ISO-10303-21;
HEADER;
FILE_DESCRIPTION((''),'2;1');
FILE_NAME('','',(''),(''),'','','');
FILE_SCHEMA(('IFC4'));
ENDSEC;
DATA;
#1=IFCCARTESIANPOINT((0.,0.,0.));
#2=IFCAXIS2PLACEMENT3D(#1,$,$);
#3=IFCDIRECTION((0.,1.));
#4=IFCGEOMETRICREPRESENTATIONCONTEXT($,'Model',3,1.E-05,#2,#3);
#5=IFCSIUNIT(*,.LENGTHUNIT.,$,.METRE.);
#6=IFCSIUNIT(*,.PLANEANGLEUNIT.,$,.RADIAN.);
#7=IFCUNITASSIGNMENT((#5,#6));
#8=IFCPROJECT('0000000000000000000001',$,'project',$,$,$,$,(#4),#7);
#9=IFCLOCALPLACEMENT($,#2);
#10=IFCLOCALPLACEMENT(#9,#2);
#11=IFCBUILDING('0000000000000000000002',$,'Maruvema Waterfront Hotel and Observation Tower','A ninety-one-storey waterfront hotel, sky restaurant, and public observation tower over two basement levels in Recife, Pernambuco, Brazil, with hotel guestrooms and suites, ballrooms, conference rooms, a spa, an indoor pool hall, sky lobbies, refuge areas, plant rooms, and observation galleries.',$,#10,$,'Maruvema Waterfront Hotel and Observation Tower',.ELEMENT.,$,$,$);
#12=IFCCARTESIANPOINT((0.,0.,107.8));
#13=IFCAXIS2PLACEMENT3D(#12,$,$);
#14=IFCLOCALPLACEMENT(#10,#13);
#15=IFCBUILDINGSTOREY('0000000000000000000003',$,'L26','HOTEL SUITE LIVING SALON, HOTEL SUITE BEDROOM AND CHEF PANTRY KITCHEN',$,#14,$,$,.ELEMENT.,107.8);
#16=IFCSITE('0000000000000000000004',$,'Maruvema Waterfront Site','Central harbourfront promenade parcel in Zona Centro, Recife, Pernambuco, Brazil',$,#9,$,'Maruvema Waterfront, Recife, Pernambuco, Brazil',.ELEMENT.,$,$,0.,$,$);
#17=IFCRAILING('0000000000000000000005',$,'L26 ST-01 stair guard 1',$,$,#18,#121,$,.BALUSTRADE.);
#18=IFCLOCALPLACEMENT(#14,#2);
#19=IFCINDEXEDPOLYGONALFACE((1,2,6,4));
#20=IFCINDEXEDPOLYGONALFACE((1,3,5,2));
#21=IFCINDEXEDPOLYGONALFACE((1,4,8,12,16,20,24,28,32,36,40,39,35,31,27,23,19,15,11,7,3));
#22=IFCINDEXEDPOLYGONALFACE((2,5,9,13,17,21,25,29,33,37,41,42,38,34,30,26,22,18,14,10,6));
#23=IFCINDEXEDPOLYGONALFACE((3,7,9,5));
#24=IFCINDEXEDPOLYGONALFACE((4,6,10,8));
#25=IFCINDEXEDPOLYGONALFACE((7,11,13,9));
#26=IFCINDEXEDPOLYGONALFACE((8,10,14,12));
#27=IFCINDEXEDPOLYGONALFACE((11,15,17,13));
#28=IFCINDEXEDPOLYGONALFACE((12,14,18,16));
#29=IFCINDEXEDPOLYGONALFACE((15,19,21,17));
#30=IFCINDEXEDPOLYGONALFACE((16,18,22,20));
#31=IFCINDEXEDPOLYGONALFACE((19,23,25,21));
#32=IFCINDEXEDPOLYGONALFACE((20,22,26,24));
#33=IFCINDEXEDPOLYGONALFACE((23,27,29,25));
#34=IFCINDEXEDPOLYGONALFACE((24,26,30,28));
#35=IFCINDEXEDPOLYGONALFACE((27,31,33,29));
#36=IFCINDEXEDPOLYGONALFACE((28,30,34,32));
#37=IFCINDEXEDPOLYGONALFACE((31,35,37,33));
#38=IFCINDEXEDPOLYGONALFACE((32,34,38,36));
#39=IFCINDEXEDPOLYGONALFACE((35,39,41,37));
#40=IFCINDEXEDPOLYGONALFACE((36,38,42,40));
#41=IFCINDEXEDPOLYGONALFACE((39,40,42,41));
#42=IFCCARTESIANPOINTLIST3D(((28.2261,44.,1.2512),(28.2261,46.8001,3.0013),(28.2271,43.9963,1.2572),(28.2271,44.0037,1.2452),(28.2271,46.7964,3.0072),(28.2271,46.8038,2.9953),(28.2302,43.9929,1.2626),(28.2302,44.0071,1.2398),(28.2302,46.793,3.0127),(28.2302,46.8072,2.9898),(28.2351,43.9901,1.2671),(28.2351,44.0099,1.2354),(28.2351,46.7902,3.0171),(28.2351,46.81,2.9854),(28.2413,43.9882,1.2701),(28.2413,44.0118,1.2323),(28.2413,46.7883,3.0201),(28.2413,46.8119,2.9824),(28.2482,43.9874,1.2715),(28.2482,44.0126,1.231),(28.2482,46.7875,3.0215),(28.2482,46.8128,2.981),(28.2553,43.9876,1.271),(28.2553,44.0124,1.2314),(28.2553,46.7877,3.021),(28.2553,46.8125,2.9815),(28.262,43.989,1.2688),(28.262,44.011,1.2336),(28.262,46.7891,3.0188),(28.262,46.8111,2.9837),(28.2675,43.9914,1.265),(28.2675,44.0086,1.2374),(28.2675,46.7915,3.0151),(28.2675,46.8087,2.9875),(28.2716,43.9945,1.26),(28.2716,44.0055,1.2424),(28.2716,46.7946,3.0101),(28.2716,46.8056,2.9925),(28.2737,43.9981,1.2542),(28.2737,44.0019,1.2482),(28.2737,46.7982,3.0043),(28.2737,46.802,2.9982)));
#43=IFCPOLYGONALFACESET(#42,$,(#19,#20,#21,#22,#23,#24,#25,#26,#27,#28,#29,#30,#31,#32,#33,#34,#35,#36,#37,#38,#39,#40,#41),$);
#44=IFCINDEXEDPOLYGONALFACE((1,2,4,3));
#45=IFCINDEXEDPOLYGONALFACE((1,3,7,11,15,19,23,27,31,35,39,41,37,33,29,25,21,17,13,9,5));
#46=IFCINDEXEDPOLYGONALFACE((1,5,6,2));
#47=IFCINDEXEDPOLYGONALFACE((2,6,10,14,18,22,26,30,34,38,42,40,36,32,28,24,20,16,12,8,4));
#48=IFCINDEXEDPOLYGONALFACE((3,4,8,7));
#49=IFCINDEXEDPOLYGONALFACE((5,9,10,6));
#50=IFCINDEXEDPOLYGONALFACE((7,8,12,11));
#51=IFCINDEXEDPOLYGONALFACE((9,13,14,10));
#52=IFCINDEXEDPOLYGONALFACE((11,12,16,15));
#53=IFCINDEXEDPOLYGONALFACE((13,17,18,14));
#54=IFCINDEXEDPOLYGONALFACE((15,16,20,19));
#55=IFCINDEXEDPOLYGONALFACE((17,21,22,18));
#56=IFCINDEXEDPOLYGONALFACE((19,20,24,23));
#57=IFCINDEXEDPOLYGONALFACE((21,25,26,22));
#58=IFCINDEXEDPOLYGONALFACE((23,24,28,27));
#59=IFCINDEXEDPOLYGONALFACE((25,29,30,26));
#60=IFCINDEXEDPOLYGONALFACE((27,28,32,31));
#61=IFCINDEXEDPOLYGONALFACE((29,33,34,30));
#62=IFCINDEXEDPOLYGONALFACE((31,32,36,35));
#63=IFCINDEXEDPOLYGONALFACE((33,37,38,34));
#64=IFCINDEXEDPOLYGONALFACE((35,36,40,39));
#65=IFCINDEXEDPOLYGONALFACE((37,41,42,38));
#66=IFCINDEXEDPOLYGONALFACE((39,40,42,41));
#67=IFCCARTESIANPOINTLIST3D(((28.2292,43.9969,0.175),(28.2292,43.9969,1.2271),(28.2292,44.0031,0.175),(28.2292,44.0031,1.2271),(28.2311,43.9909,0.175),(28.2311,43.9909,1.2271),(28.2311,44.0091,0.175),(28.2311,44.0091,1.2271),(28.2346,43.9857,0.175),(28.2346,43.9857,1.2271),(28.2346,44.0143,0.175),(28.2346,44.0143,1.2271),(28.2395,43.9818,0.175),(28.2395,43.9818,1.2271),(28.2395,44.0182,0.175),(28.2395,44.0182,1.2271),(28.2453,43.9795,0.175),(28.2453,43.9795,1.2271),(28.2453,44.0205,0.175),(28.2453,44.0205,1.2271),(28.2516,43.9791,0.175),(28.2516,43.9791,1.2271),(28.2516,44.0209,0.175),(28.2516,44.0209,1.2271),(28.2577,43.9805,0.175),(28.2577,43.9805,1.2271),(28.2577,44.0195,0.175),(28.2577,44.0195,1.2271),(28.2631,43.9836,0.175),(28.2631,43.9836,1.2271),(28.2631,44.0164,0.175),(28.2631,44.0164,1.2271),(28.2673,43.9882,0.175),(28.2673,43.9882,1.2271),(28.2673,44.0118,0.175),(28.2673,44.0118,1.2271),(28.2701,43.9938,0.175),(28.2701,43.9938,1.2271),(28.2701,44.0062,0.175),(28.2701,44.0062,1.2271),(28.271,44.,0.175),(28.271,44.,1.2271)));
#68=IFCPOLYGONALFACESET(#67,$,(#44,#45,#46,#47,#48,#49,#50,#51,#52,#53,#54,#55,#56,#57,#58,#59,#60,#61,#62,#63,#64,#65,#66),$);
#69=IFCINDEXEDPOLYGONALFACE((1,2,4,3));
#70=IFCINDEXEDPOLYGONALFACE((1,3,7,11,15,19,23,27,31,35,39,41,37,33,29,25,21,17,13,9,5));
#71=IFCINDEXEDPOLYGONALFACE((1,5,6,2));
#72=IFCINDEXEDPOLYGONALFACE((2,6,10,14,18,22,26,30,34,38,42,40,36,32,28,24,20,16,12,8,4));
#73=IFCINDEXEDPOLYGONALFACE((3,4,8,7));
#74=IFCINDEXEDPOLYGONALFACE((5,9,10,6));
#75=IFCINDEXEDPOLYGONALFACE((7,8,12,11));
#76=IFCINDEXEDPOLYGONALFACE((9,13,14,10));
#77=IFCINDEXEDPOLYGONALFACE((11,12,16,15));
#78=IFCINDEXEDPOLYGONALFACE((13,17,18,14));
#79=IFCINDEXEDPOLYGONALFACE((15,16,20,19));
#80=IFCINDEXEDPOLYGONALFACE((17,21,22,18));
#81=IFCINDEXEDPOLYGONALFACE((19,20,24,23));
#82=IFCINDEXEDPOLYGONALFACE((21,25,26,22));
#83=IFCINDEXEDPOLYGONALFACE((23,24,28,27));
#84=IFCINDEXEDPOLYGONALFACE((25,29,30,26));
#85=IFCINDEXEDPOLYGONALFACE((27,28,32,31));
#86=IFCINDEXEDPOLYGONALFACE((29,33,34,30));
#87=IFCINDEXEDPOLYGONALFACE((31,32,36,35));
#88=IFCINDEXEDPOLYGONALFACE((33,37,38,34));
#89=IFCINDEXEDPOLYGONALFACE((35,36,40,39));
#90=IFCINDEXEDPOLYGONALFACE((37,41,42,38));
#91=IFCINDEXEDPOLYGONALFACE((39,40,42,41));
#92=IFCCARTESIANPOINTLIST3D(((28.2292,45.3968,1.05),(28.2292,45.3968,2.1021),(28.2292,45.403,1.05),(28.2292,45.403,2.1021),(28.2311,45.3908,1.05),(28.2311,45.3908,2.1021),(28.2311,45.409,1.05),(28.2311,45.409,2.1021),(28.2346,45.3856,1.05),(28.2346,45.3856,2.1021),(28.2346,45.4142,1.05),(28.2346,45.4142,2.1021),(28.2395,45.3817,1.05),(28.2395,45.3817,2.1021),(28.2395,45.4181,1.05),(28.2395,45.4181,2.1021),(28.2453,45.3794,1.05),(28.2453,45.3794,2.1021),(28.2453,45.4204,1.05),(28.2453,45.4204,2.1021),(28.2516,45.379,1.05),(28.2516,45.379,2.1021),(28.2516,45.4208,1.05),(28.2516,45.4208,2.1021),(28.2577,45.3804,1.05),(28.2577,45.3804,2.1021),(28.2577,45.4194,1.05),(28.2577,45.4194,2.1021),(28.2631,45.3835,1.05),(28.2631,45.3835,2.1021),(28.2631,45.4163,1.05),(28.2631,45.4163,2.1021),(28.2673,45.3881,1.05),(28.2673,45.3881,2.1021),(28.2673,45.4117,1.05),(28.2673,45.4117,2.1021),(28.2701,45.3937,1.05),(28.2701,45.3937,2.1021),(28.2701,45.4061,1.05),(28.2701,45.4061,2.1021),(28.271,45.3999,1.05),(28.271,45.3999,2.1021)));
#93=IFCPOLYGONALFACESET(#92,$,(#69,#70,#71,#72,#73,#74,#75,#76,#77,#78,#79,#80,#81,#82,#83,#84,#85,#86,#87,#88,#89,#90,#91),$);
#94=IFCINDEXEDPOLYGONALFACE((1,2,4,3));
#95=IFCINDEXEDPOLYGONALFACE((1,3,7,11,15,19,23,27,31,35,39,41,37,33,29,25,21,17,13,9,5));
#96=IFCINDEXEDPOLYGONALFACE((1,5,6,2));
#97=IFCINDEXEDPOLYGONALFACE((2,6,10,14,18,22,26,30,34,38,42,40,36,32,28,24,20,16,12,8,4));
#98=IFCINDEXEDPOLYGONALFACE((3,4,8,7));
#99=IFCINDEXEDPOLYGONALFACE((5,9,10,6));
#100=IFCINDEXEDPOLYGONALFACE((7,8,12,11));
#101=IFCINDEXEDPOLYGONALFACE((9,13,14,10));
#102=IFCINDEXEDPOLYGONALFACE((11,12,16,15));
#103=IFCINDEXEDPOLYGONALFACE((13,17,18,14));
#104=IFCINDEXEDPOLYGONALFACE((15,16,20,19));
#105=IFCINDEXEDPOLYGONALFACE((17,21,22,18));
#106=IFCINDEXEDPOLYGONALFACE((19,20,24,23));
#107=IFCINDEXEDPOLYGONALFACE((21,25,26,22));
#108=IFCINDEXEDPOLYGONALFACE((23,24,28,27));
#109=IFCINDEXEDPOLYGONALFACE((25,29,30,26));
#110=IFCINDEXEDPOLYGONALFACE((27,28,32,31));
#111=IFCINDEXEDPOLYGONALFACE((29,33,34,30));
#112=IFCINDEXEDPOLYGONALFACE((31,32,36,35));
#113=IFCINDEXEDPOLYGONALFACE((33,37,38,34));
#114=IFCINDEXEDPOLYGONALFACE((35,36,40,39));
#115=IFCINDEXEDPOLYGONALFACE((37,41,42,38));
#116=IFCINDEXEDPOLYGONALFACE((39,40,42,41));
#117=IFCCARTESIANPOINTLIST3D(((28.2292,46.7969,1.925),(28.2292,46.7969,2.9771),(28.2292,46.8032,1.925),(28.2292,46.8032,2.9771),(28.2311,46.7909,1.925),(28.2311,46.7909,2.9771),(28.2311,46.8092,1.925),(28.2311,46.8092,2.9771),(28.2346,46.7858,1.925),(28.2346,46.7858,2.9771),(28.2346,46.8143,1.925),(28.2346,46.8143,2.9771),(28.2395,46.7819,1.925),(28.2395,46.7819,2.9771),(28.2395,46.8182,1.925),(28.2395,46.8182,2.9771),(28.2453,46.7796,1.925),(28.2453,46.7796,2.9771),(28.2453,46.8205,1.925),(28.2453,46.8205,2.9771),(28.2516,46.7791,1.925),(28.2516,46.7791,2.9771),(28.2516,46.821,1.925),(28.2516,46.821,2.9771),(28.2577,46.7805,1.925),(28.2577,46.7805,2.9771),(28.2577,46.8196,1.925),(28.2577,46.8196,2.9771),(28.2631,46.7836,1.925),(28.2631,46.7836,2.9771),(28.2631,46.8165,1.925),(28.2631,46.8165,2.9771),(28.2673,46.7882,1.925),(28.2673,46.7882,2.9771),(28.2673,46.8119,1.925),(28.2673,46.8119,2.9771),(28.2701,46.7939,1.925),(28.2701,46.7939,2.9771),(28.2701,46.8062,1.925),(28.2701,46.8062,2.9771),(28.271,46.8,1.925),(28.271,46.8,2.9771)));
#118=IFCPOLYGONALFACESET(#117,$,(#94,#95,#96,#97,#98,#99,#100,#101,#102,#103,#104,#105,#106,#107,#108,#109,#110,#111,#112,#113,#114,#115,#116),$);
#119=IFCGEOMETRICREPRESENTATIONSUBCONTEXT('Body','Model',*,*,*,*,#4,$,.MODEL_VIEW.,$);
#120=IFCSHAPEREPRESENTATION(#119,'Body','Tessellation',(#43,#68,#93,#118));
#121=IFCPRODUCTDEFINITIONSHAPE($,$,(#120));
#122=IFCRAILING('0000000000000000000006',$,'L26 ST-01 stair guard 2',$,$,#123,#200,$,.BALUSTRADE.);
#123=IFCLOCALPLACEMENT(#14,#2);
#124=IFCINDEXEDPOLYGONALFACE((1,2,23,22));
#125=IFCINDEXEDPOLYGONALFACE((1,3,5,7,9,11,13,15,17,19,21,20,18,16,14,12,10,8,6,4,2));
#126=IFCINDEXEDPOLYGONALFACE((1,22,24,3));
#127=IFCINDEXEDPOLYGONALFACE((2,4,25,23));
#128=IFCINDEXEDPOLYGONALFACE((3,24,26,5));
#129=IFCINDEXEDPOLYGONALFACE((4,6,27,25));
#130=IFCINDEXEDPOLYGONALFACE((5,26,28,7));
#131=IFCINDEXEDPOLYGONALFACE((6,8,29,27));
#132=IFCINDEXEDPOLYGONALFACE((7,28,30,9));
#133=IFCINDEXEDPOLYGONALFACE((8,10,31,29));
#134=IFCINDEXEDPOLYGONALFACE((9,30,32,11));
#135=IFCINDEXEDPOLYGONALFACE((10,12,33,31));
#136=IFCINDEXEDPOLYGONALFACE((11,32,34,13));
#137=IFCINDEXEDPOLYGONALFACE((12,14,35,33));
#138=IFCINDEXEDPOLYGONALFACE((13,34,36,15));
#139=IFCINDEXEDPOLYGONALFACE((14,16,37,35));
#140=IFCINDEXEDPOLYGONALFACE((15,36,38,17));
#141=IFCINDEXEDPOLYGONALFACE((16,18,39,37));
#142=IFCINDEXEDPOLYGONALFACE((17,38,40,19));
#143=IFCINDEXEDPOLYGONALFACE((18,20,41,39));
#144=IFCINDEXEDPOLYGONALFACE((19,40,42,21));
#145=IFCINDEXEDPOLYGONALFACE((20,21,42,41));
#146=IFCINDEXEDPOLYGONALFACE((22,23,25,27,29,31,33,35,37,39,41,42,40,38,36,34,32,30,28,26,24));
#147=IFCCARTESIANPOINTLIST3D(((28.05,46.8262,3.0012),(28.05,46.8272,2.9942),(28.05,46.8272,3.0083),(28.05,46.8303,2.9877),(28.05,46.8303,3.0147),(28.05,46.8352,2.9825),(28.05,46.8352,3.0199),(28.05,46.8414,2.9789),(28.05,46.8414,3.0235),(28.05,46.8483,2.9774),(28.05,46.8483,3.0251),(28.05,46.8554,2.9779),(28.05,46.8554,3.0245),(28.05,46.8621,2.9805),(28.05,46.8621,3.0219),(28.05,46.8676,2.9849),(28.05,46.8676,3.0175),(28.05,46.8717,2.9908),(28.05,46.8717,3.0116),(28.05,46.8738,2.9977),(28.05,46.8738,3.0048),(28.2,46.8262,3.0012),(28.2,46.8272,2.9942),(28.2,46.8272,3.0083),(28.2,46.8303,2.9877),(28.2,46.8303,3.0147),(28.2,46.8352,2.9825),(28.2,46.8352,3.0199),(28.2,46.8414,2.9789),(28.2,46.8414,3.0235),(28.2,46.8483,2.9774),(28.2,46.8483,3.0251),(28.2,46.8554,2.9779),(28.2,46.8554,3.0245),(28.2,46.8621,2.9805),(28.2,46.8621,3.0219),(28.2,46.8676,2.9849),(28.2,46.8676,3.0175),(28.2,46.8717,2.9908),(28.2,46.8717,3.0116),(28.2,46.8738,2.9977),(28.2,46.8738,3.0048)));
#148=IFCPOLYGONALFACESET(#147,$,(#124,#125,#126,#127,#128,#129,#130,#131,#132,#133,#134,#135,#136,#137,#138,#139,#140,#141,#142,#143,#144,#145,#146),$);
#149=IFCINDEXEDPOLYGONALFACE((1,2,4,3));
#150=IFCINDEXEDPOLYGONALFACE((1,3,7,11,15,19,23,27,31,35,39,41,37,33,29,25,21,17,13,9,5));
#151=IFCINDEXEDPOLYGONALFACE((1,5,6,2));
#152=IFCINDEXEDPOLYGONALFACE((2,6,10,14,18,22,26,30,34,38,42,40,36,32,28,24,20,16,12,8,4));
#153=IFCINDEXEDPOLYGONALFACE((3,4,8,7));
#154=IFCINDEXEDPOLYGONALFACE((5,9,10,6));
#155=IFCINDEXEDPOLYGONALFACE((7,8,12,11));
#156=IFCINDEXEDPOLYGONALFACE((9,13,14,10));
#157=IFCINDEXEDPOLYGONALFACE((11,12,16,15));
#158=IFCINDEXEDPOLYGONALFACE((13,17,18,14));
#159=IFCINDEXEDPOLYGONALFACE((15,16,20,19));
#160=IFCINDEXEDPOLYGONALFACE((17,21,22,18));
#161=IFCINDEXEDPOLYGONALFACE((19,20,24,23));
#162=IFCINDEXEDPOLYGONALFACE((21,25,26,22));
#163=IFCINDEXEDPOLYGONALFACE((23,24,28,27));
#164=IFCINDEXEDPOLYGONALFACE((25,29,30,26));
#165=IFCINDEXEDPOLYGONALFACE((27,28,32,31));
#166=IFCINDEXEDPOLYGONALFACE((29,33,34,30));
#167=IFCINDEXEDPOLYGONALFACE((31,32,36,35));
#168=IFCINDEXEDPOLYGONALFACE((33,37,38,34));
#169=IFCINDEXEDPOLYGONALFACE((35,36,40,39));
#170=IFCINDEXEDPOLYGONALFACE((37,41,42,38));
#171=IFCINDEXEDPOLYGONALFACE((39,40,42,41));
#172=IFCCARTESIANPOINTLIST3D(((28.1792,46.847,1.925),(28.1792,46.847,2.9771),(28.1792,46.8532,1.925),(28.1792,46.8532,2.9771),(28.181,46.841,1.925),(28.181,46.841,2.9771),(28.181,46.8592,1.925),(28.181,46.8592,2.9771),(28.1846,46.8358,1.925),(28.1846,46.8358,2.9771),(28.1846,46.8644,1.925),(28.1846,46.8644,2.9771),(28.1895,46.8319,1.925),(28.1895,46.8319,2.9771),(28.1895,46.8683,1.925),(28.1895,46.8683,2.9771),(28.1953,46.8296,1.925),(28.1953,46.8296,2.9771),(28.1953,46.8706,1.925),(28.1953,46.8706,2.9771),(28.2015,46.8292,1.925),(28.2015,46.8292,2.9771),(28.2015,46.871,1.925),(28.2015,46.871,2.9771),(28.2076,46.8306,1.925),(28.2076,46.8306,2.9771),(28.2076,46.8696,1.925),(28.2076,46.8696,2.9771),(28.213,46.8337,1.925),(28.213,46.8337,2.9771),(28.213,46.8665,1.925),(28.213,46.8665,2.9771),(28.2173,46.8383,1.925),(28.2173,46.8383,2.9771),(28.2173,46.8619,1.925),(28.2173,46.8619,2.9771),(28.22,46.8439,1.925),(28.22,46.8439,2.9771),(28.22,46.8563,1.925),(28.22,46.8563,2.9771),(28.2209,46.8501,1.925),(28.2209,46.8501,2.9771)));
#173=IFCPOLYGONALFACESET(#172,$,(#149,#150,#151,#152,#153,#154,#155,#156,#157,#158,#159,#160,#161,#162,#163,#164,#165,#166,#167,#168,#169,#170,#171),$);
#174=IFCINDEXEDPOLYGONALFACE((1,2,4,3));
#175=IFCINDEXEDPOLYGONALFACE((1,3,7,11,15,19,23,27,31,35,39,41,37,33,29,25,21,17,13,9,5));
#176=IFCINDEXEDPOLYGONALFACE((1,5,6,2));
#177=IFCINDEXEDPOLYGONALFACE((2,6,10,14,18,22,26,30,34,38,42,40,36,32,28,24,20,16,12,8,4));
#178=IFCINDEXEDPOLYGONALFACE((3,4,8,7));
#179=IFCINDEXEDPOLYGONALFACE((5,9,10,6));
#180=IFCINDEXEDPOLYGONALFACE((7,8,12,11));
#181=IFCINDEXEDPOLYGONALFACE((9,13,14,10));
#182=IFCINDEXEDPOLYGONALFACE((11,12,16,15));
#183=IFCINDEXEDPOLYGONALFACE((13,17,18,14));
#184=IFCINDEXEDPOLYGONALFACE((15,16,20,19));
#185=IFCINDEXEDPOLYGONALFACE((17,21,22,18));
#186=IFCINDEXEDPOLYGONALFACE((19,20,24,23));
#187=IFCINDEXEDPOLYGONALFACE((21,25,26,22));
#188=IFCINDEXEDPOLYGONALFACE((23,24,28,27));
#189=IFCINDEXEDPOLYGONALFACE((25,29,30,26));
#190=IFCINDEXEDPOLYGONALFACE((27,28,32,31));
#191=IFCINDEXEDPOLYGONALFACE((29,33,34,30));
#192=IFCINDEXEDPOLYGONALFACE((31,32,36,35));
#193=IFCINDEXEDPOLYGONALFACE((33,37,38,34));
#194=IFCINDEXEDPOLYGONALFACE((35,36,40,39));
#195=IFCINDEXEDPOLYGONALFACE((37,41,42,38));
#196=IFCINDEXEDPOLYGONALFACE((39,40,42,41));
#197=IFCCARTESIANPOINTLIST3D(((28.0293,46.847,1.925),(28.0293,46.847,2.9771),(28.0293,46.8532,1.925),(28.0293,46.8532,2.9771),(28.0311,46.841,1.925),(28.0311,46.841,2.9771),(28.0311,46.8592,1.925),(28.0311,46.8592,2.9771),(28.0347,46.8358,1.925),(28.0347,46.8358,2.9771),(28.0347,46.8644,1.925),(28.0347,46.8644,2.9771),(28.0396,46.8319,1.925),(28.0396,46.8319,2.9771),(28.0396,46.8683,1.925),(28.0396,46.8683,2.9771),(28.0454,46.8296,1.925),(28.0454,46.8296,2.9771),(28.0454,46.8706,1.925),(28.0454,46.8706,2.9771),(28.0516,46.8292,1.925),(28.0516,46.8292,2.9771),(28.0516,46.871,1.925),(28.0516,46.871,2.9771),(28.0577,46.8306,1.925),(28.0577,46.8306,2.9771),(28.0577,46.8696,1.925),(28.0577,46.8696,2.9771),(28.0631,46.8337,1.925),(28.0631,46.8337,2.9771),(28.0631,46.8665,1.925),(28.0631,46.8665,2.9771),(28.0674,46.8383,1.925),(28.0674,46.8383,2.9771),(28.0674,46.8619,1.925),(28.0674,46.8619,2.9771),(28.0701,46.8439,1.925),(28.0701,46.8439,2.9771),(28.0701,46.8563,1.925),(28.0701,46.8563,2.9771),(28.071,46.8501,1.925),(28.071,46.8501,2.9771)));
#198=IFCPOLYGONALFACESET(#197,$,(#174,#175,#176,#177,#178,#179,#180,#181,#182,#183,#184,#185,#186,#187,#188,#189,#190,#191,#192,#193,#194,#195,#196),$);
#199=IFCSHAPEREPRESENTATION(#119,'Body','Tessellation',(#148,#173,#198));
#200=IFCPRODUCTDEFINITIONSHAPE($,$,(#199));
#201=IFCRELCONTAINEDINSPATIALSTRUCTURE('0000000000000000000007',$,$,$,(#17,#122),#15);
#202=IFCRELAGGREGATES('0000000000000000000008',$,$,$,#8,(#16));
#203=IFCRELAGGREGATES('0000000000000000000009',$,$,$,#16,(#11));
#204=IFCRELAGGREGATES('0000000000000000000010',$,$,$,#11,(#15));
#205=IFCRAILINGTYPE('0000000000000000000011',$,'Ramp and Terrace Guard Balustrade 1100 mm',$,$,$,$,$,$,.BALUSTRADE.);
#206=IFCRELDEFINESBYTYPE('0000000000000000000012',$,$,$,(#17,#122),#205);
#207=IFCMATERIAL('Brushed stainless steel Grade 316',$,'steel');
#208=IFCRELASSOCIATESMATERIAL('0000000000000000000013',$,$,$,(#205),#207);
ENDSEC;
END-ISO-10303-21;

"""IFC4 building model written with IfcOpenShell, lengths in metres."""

from ifc_helpers import new_model, si_unit, direction, frame, origin, origin_2d, place, context, subcontext, project, spatial, circle, extrude, material, type_object, element, save


model = new_model("IFC4")

# Units and contexts
model_context = context("Model", 3, precision=1e-05, world=origin(), true_north=direction((0.0, 1.0)))
body_context = subcontext(model_context, "Body", "Model", "MODEL_VIEW")
ifc_project = project(units=[si_unit("LENGTHUNIT", "METRE"), si_unit("PLANEANGLEUNIT", "RADIAN")], contexts=[model_context])

# Site, building, storey
site_placement = place(None, origin())
site = spatial("IfcSite", under=ifc_project, at=site_placement, Name="Maruvema Waterfront Site", Description="Central harbourfront promenade parcel in Zona Centro, Recife, Pernambuco, Brazil", LongName="Maruvema Waterfront, Recife, Pernambuco, Brazil", CompositionType="ELEMENT", RefElevation=0.0)
building_placement = place(site_placement, origin())
building = spatial("IfcBuilding", under=site, at=building_placement, Name="Maruvema Waterfront Hotel and Observation Tower", Description="A ninety-one-storey waterfront hotel, sky restaurant, and public observation tower over two basement levels in Recife, Pernambuco, Brazil, with hotel guestrooms and suites, ballrooms, conference rooms, a spa, an indoor pool hall, sky lobbies, refuge areas, plant rooms, and observation galleries.", LongName="Maruvema Waterfront Hotel and Observation Tower", CompositionType="ELEMENT")
storey_placement = place(building_placement, frame((0.0, 0.0, 107.8)))
storey = spatial("IfcBuildingStorey", under=building, at=storey_placement, Name="L26", Description="HOTEL SUITE LIVING SALON, HOTEL SUITE BEDROOM AND CHEF PANTRY KITCHEN", CompositionType="ELEMENT", Elevation=107.8)

# Railings
ifc_material_1 = material(Name="Brushed stainless steel Grade 316", Category="steel")
railing_type_1 = type_object("IfcRailingType", Name="Ramp and Terrace Guard Balustrade 1100 mm", PredefinedType="BALUSTRADE", material=ifc_material_1)
railing_1_placement = place(storey_placement, frame((28.25, 44.0, 0.175)))
element("IfcRailing", 1, at=railing_1_placement, inside=storey, type_object=railing_type_1, Name="L26 ST-01 stair guard 1", PredefinedType="BALUSTRADE", context=body_context, shape_type="SweptSolid", body=[
    extrude(circle(Radius=0.0239, at=origin_2d()), frame((0.0, 0.0, 1.0762), z_axis=(0.0, 0.848002, 0.529992), x_axis=(-1.0, 0.0, 0.0)), (0.0, 0.0, 1.0), 3.302),
    extrude(circle(Radius=0.021, at=origin_2d()), origin(), (0.0, 0.0, 1.0), 1.052),
    extrude(circle(Radius=0.021, at=origin_2d()), frame((0.0, 1.3999, 0.875)), (0.0, 0.0, 1.0), 1.052),
    extrude(circle(Radius=0.021, at=origin_2d()), frame((0.0, 2.8, 1.75)), (0.0, 0.0, 1.0), 1.052),
])
railing_2_placement = place(storey_placement, frame((28.2, 46.8501, 1.925)))
element("IfcRailing", 2, at=railing_2_placement, inside=storey, type_object=railing_type_1, Name="L26 ST-01 stair guard 2", PredefinedType="BALUSTRADE", context=body_context, shape_type="SweptSolid", body=[
    extrude(circle(Radius=0.0239, at=origin_2d()), frame((0.0, 0.0, 1.0762), z_axis=(-1.0, 0.0, 0.0), x_axis=(0.0, -1.0, 0.0)), (0.0, 0.0, 1.0), 0.1499),
    extrude(circle(Radius=0.021, at=origin_2d()), origin(), (0.0, 0.0, 1.0), 1.052),
    extrude(circle(Radius=0.021, at=origin_2d()), frame((-0.1499, 0.0, 0.0)), (0.0, 0.0, 1.0), 1.052),
])

save(model, "model.ifc")
